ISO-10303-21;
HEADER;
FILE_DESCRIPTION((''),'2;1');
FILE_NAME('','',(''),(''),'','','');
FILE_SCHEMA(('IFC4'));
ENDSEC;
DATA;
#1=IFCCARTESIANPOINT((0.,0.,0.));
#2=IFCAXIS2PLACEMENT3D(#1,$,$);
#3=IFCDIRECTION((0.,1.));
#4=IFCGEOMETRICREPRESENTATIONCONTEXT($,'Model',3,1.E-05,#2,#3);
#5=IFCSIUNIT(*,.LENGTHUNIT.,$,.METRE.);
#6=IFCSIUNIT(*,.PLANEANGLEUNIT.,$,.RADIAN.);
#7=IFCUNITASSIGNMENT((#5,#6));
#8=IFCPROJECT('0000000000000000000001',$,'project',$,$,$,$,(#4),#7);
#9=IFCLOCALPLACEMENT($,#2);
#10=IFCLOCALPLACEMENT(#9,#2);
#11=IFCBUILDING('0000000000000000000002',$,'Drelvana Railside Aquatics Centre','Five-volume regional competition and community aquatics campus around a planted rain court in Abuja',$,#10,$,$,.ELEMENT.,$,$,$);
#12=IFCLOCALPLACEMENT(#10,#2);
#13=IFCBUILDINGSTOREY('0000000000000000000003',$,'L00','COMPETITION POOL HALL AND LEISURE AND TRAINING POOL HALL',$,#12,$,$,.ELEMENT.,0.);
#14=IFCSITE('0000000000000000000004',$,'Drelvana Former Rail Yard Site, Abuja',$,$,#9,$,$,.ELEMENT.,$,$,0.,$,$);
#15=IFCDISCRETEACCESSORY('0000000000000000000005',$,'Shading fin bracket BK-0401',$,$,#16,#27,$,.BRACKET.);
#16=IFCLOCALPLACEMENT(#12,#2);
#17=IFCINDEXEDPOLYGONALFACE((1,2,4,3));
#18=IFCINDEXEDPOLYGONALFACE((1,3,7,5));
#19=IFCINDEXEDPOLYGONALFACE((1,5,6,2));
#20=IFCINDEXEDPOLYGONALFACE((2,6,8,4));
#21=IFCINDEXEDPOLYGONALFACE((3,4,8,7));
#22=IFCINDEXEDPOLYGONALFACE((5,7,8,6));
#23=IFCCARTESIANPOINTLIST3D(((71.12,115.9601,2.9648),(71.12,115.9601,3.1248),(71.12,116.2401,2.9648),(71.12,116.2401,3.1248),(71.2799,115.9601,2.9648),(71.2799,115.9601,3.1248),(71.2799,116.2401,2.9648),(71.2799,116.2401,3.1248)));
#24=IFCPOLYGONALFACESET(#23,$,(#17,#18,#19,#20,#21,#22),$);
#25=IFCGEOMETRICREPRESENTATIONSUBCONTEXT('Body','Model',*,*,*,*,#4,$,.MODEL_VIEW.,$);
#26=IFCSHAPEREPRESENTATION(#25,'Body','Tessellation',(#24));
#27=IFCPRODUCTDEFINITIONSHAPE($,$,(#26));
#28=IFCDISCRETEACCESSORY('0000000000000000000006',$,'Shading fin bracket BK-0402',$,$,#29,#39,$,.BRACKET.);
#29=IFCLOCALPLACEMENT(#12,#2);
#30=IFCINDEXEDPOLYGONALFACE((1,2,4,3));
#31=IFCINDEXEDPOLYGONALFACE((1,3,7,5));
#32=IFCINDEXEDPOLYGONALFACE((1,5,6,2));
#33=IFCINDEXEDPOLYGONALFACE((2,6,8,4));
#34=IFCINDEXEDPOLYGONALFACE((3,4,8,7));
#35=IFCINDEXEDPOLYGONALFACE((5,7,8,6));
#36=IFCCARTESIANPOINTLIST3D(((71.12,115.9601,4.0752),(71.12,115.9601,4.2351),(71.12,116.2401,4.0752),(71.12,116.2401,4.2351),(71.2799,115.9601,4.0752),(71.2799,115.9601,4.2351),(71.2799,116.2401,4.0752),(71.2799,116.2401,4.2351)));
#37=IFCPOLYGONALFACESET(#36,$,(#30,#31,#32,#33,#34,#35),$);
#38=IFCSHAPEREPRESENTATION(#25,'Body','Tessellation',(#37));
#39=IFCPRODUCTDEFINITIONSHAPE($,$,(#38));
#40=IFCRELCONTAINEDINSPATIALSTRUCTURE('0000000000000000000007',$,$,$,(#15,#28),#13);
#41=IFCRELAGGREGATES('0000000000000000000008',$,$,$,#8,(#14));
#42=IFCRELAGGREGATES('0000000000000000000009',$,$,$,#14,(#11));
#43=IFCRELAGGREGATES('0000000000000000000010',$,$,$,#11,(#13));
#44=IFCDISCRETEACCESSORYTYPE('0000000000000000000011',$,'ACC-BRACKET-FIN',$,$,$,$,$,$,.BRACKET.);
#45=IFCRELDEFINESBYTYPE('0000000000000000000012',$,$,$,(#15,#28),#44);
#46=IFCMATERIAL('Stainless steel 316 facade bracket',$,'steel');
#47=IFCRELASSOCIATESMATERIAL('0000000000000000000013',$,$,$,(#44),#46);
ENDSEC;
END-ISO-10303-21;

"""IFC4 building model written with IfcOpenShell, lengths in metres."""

from ifc_helpers import new_model, si_unit, direction, frame, origin, origin_2d, place, context, subcontext, project, spatial, rectangle, extrude, material, type_object, element, save


model = new_model("IFC4")

# Units and contexts
model_context = context("Model", 3, precision=1e-05, world=origin(), true_north=direction((0.0, 1.0)))
body_context = subcontext(model_context, "Body", "Model", "MODEL_VIEW")
ifc_project = project(units=[si_unit("LENGTHUNIT", "METRE"), si_unit("PLANEANGLEUNIT", "RADIAN")], contexts=[model_context])

# Site, building, storey
site_placement = place(None, origin())
site = spatial("IfcSite", under=ifc_project, at=site_placement, Name="Drelvana Former Rail Yard Site, Abuja", CompositionType="ELEMENT", RefElevation=0.0)
building_placement = place(site_placement, origin())
building = spatial("IfcBuilding", under=site, at=building_placement, Name="Drelvana Railside Aquatics Centre", Description="Five-volume regional competition and community aquatics campus around a planted rain court in Abuja", CompositionType="ELEMENT")
storey_placement = place(building_placement, origin())
storey = spatial("IfcBuildingStorey", under=building, at=storey_placement, Name="L00", Description="COMPETITION POOL HALL AND LEISURE AND TRAINING POOL HALL", CompositionType="ELEMENT", Elevation=0.0)

# Discrete accessories
ifc_material_1 = material(Name="Stainless steel 316 facade bracket", Category="steel")
discrete_accessory_type = type_object("IfcDiscreteAccessoryType", Name="ACC-BRACKET-FIN", PredefinedType="BRACKET", material=ifc_material_1)
for number, where, z_axis, x_axis, name in (
    (1, (71.2, 116.1001, 2.9648), (0.0, 0.0, 1.0), (0.0, 1.0, 0.0), "Shading fin bracket BK-0401"),
    (2, (71.2, 116.1001, 4.0752), (0.0, 0.0, 1.0), (0.0, 1.0, 0.0), "Shading fin bracket BK-0402"),
):
    element("IfcDiscreteAccessory", number, at=place(storey_placement, frame(where, z_axis=z_axis, x_axis=x_axis)), inside=storey, type_object=discrete_accessory_type, Name=name, PredefinedType="BRACKET", context=body_context, shape_type="SweptSolid", body=[
        extrude(rectangle(XDim=0.28, YDim=0.1599, at=origin_2d()), origin(), (0.0, 0.0, 1.0), 0.1599),
    ])

save(model, "model.ifc")
